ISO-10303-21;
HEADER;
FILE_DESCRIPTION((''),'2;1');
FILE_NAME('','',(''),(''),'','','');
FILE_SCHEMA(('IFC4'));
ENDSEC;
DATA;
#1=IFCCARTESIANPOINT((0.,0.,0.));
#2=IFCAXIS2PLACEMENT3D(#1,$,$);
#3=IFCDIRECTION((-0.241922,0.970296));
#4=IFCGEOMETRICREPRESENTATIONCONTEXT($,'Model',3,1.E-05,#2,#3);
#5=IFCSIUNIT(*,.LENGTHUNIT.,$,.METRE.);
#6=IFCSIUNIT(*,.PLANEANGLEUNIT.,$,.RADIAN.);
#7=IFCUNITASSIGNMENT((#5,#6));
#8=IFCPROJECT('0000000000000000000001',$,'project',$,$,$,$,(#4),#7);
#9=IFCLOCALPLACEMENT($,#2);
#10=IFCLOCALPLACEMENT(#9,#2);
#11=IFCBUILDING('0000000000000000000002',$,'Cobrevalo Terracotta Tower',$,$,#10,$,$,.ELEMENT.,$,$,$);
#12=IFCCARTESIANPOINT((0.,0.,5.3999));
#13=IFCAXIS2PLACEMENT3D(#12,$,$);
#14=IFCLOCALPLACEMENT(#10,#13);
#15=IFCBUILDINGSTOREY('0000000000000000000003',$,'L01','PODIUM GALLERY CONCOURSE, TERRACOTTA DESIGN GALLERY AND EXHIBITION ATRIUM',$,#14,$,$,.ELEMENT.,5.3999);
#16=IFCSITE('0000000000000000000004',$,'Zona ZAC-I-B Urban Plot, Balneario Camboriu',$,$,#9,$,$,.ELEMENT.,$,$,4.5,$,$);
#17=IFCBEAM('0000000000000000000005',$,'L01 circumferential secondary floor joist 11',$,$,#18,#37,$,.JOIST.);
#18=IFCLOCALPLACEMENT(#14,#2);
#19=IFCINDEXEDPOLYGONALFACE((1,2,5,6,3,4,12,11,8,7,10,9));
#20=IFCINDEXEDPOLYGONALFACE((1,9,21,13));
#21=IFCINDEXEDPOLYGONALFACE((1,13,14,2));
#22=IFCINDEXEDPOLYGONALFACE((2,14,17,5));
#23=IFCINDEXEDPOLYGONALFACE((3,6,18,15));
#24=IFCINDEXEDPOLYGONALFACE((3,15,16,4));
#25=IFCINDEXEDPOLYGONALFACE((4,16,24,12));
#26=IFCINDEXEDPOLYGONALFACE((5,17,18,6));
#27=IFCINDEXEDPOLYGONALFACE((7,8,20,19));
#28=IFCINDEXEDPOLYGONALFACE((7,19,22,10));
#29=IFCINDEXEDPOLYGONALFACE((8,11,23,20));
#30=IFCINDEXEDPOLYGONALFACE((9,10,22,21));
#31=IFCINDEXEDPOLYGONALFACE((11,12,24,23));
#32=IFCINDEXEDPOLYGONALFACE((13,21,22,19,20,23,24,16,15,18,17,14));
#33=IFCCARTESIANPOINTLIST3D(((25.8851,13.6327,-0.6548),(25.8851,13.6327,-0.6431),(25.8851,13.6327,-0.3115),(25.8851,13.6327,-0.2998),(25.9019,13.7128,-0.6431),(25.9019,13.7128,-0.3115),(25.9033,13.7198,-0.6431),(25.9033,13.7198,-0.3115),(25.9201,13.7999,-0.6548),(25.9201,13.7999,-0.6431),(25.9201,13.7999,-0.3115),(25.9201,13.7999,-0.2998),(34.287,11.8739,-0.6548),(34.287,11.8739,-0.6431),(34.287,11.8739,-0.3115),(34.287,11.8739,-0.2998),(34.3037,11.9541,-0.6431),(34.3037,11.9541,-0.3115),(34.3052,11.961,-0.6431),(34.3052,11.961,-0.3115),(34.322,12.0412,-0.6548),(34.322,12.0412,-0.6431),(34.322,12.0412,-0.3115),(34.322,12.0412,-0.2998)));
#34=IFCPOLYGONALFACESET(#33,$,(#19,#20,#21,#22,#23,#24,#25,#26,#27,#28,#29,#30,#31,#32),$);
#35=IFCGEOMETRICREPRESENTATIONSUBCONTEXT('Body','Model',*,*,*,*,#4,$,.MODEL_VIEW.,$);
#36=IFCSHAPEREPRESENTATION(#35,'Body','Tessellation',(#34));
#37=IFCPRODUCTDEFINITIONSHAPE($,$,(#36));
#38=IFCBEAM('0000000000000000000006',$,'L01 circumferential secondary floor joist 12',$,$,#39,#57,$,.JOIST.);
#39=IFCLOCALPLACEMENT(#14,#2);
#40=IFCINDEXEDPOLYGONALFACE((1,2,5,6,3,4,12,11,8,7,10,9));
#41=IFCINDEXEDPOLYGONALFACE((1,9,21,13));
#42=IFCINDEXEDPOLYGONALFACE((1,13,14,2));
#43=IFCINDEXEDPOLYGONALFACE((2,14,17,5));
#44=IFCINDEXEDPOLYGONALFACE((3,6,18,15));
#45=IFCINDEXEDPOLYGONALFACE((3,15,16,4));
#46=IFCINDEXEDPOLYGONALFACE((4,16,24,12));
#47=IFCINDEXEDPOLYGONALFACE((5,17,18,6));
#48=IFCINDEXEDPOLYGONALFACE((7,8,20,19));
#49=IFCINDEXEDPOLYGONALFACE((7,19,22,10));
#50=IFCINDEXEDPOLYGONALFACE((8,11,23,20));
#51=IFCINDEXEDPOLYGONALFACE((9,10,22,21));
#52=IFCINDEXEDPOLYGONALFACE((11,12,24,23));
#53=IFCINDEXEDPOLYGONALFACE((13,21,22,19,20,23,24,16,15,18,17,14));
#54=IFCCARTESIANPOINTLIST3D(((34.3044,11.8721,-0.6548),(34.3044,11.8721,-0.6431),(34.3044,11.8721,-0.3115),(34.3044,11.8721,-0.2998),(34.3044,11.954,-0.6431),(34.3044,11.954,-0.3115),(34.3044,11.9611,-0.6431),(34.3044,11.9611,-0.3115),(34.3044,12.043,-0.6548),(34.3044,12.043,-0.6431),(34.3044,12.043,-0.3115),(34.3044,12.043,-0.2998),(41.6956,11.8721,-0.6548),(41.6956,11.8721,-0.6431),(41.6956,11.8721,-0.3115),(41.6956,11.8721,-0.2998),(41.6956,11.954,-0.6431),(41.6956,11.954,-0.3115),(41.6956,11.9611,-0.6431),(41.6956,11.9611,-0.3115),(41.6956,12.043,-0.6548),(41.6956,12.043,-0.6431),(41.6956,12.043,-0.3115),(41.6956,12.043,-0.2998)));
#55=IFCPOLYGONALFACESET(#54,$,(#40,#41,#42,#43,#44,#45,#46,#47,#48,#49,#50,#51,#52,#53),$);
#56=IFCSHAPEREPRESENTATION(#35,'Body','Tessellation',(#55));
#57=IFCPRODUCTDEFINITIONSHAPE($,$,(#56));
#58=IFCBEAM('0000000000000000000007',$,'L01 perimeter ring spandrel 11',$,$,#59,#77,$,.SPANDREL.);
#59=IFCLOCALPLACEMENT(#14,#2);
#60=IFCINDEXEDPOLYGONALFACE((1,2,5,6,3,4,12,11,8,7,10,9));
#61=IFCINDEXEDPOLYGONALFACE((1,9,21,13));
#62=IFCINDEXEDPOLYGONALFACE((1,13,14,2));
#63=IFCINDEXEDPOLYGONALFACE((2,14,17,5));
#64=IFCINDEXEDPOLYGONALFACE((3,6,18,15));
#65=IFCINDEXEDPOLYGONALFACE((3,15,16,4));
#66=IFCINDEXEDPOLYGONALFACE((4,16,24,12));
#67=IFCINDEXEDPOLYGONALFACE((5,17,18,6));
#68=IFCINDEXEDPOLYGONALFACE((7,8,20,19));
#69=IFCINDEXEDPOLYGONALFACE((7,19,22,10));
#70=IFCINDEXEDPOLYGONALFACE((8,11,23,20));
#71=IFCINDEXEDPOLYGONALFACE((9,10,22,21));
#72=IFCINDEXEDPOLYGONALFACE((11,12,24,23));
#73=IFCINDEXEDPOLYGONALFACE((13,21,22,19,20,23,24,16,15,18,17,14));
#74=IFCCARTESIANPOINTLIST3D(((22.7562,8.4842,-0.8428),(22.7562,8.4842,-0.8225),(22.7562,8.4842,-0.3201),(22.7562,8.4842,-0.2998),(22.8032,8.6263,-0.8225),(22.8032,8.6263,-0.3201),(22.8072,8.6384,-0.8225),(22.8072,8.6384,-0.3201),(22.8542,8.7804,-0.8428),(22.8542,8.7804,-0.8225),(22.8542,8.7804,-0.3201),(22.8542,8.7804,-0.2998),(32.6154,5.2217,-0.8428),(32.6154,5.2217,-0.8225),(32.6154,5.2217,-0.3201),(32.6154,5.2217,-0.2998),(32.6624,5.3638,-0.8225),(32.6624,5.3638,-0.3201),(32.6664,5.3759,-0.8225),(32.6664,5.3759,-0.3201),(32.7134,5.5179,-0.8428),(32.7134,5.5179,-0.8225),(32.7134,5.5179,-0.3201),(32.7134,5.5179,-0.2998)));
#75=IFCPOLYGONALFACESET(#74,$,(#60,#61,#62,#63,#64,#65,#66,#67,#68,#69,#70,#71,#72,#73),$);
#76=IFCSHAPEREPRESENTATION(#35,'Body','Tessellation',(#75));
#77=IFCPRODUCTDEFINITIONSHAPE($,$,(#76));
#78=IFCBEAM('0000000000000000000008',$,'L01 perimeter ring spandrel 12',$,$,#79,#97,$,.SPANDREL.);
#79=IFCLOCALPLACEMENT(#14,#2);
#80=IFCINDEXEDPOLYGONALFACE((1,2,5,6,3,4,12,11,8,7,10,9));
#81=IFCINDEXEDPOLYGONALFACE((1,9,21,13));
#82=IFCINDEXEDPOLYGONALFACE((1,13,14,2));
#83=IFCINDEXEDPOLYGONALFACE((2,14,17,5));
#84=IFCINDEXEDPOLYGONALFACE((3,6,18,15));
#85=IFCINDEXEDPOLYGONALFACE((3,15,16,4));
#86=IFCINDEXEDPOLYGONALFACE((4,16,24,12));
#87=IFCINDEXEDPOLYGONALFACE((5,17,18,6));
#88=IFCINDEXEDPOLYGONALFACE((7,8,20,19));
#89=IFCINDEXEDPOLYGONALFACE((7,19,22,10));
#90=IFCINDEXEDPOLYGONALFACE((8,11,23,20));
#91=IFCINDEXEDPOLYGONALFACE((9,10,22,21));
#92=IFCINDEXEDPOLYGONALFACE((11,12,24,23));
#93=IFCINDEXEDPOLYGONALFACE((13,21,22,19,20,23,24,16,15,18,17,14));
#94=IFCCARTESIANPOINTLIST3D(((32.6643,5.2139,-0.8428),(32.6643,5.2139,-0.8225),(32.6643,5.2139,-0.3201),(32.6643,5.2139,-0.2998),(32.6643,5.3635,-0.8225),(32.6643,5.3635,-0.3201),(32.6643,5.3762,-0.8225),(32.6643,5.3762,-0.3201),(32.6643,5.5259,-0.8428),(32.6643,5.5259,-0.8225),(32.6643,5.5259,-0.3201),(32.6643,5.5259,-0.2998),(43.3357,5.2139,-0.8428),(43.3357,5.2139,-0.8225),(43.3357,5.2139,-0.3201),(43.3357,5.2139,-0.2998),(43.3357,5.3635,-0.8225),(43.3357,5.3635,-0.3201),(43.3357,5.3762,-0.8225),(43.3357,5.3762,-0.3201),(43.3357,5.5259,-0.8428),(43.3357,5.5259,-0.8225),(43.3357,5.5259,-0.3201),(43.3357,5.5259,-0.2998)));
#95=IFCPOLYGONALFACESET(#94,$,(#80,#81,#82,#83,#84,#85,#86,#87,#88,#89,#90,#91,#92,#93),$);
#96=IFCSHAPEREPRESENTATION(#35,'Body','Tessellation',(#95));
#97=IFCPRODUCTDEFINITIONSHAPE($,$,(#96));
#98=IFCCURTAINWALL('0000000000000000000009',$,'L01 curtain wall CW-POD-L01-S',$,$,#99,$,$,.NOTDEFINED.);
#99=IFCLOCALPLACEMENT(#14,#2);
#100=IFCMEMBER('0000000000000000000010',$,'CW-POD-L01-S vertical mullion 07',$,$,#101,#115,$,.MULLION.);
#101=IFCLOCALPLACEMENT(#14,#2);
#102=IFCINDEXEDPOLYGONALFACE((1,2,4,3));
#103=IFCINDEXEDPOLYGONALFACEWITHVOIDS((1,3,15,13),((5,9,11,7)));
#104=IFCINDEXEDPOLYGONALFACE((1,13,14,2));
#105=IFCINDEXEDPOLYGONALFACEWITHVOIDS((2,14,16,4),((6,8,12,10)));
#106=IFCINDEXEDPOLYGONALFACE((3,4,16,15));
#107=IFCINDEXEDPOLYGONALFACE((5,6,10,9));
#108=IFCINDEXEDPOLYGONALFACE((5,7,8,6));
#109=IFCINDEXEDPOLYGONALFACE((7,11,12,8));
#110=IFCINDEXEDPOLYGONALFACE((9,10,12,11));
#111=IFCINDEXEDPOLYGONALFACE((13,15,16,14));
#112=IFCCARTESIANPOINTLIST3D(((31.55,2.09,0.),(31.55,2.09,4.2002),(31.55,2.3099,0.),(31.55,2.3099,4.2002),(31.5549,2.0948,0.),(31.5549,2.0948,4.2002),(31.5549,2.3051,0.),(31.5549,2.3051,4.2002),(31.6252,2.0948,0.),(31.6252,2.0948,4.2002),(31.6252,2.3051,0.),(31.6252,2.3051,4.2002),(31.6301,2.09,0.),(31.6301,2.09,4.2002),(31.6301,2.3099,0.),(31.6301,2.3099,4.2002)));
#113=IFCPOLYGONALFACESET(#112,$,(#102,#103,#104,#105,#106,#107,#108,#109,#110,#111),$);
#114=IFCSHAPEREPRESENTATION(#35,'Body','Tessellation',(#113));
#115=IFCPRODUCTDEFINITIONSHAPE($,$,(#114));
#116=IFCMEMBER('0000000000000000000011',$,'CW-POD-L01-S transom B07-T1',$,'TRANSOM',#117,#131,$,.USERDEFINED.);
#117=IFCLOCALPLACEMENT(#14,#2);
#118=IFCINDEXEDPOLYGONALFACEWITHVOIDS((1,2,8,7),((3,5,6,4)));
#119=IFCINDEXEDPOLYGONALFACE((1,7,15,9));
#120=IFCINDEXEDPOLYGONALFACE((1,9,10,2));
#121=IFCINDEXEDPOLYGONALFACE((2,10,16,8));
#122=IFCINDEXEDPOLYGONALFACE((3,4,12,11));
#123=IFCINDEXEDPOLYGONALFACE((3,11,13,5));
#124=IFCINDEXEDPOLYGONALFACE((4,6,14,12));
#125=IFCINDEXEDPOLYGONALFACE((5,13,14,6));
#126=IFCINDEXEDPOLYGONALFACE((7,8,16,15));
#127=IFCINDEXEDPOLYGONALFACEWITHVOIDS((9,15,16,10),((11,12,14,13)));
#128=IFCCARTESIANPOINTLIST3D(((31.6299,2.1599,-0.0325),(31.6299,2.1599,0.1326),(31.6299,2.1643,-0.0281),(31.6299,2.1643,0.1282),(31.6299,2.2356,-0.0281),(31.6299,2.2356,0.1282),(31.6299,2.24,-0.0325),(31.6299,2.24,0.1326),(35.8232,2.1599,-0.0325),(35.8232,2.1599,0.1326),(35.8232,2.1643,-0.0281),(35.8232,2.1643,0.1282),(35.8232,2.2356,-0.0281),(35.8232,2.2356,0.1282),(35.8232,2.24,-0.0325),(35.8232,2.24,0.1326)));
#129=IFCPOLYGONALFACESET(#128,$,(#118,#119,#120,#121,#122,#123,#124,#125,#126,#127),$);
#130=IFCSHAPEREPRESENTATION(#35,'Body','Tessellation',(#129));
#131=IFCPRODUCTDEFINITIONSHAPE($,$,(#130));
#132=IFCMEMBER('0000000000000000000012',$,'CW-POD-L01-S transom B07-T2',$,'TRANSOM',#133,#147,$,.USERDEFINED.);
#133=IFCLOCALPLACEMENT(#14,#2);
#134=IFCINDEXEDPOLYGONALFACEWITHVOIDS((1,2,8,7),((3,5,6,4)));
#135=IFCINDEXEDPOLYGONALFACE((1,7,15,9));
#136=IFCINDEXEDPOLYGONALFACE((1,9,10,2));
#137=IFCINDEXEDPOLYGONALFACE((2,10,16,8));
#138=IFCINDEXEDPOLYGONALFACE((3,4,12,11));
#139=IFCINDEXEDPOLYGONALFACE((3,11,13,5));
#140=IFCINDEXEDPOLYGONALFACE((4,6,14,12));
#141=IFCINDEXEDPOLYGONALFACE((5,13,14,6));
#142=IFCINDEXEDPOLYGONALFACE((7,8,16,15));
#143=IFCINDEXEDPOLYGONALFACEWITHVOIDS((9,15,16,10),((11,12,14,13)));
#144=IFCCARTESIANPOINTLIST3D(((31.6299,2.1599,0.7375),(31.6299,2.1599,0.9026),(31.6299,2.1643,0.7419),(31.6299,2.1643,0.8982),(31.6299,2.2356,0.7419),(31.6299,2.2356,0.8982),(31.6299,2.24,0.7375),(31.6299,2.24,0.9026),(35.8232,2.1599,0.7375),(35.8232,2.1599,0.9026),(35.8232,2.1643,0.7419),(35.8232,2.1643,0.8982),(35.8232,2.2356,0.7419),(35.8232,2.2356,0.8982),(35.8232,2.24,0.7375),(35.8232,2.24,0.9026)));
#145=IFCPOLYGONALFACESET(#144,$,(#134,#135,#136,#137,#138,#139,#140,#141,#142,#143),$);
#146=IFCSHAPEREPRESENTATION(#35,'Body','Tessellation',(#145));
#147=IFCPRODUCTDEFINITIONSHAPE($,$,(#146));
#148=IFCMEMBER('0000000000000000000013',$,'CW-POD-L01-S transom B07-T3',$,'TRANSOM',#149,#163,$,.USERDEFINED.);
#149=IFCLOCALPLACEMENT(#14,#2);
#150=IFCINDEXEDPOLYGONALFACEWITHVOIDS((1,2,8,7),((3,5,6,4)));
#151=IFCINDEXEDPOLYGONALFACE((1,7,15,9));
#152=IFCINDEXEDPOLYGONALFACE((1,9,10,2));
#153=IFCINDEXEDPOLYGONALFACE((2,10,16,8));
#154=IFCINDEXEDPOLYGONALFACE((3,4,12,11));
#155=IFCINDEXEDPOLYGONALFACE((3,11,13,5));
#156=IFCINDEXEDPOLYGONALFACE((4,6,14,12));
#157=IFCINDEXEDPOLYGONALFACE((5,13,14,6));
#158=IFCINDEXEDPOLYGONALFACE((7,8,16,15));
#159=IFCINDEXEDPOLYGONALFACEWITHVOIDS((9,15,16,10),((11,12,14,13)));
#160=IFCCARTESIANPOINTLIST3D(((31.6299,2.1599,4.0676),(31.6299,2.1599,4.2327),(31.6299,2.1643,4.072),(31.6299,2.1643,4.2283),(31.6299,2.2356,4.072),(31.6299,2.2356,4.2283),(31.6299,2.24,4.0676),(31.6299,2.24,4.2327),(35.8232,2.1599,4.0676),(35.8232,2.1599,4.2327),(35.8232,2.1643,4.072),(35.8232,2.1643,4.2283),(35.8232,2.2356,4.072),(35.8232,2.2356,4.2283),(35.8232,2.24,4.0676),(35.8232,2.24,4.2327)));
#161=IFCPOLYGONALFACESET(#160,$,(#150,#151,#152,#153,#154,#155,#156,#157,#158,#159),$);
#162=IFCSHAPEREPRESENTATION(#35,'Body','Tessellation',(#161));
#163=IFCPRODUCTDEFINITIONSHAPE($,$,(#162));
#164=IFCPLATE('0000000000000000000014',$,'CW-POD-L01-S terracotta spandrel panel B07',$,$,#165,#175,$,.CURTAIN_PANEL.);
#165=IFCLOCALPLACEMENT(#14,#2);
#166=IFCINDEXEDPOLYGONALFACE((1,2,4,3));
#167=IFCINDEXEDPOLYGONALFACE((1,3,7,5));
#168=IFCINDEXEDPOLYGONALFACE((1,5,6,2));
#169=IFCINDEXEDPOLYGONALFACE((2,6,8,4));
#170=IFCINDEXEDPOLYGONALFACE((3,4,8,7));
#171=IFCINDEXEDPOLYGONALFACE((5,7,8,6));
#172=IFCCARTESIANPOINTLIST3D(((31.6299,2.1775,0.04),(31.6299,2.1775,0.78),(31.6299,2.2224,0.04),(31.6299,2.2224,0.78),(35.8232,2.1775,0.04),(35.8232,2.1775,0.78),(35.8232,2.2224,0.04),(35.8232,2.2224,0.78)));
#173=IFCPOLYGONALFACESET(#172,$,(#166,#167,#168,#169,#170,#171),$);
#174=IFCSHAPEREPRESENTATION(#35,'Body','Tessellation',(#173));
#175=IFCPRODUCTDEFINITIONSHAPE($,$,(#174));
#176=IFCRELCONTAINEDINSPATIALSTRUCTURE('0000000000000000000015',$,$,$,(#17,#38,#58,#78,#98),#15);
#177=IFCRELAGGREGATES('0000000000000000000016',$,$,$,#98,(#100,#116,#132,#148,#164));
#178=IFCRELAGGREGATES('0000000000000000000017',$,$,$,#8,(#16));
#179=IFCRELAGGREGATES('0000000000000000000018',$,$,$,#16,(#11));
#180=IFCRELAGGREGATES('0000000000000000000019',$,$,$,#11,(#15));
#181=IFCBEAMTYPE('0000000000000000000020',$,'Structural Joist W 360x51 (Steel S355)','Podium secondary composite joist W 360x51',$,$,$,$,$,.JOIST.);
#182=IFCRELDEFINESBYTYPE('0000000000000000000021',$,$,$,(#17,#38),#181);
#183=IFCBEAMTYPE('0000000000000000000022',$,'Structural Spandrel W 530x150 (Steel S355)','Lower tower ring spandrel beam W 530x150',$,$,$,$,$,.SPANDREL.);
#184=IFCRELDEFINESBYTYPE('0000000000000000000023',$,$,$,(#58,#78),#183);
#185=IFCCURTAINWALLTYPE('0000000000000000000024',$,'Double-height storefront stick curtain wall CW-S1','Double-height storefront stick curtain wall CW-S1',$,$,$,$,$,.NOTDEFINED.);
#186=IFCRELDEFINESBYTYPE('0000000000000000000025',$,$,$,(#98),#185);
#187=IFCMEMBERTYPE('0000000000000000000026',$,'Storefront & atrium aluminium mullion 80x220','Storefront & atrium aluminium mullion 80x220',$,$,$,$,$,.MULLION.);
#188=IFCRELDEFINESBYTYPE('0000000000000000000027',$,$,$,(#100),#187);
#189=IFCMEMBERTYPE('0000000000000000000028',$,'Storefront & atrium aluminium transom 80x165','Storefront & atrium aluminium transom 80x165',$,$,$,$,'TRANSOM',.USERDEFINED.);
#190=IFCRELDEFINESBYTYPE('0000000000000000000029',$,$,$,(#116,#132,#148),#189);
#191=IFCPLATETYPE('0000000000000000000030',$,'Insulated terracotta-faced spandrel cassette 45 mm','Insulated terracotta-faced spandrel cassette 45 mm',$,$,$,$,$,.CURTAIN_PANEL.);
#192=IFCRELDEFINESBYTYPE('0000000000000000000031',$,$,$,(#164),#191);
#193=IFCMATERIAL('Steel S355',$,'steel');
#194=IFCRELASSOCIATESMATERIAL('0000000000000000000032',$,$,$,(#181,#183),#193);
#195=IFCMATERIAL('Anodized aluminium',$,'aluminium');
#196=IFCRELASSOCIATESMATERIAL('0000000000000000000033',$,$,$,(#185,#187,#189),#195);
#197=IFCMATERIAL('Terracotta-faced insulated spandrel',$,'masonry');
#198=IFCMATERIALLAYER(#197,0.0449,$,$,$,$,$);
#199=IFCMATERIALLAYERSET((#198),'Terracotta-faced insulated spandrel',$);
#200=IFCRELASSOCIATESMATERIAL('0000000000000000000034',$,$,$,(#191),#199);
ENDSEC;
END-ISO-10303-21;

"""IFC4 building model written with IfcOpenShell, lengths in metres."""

from ifc_helpers import new_model, si_unit, direction, frame, origin, origin_2d, place, context, subcontext, project, spatial, rectangle, hollow_rectangle, i_section, extrude, source, transform, mapped, material, layer, layer_set, material_profile, profile_set, type_object, element, aggregate, save


model = new_model("IFC4")

# Units and contexts
model_context = context("Model", 3, precision=1e-05, world=origin(), true_north=direction((-0.241922, 0.970296)))
body_context = subcontext(model_context, "Body", "Model", "MODEL_VIEW")
ifc_project = project(units=[si_unit("LENGTHUNIT", "METRE"), si_unit("PLANEANGLEUNIT", "RADIAN")], contexts=[model_context])

# Site, building, storey
site_placement = place(None, origin())
site = spatial("IfcSite", under=ifc_project, at=site_placement, Name="Zona ZAC-I-B Urban Plot, Balneario Camboriu", CompositionType="ELEMENT", RefElevation=4.5)
building_placement = place(site_placement, origin())
building = spatial("IfcBuilding", under=site, at=building_placement, Name="Cobrevalo Terracotta Tower", CompositionType="ELEMENT")
storey_placement = place(building_placement, frame((0.0, 0.0, 5.3999)))
storey = spatial("IfcBuildingStorey", under=building, at=storey_placement, Name="L01", Description="PODIUM GALLERY CONCOURSE, TERRACOTTA DESIGN GALLERY AND EXHIBITION ATRIUM", CompositionType="ELEMENT", Elevation=5.3999)

# Shared definitions
ifc_material_1 = material(Name="Steel S355", Category="steel")

# Beams
ifc_material_profile_1 = material_profile(ifc_material_1, i_section(OverallWidth=0.1709, OverallDepth=0.355, WebThickness=0.0071, FlangeThickness=0.0117, at=origin_2d()), Name="W 360x51")
ifc_profile_set_1 = profile_set([ifc_material_profile_1], Name="Steel S355")
beam_type_1 = type_object("IfcBeamType", Name="Structural Joist W 360x51 (Steel S355)", Description="Podium secondary composite joist W 360x51", PredefinedType="JOIST", material=ifc_profile_set_1)
beam_1_placement = place(storey_placement, frame((25.9026, 13.7163, -0.4773), z_axis=(0.978785, -0.204892, 0.0), x_axis=(0.204892, 0.978785, 0.0)))
element("IfcBeam", 1, at=beam_1_placement, inside=storey, type_object=beam_type_1, Name="L01 circumferential secondary floor joist 11", PredefinedType="JOIST", context=body_context, shape_type="SweptSolid", body=[
    extrude(i_section(OverallWidth=0.1709, OverallDepth=0.355, WebThickness=0.0071, FlangeThickness=0.0117, at=origin_2d()), origin(), (0.0, 0.0, 1.0), 8.584),
])
beam_2_placement = place(storey_placement, frame((34.3044, 11.9575, -0.4773), z_axis=(1.0, 0.0, 0.0), x_axis=(0.0, 1.0, 0.0)))
element("IfcBeam", 2, at=beam_2_placement, inside=storey, type_object=beam_type_1, Name="L01 circumferential secondary floor joist 12", PredefinedType="JOIST", context=body_context, shape_type="SweptSolid", body=[
    extrude(i_section(OverallWidth=0.1709, OverallDepth=0.355, WebThickness=0.0071, FlangeThickness=0.0117, at=origin_2d()), origin(), (0.0, 0.0, 1.0), 7.3911),
])
ifc_material_profile_2 = material_profile(ifc_material_1, i_section(OverallWidth=0.312, OverallDepth=0.543, WebThickness=0.0127, FlangeThickness=0.0203, at=origin_2d()), Name="W 530x150")
ifc_profile_set_2 = profile_set([ifc_material_profile_2], Name="Steel S355")
beam_type_2 = type_object("IfcBeamType", Name="Structural Spandrel W 530x150 (Steel S355)", Description="Lower tower ring spandrel beam W 530x150", PredefinedType="SPANDREL", material=ifc_profile_set_2)
beam_3_placement = place(storey_placement, frame((22.8052, 8.6323, -0.5713), z_axis=(0.949372, -0.314153, 0.0), x_axis=(0.314153, 0.949372, 0.0)))
element("IfcBeam", 3, at=beam_3_placement, inside=storey, type_object=beam_type_2, Name="L01 perimeter ring spandrel 11", PredefinedType="SPANDREL", context=body_context, shape_type="SweptSolid", body=[
    extrude(i_section(OverallWidth=0.312, OverallDepth=0.543, WebThickness=0.0127, FlangeThickness=0.0203, at=origin_2d()), origin(), (0.0, 0.0, 1.0), 10.385),
])
beam_4_placement = place(storey_placement, frame((32.6643, 5.3699, -0.5713), z_axis=(1.0, 0.0, 0.0), x_axis=(0.0, 1.0, 0.0)))
element("IfcBeam", 4, at=beam_4_placement, inside=storey, type_object=beam_type_2, Name="L01 perimeter ring spandrel 12", PredefinedType="SPANDREL", context=body_context, shape_type="SweptSolid", body=[
    extrude(i_section(OverallWidth=0.312, OverallDepth=0.543, WebThickness=0.0127, FlangeThickness=0.0203, at=origin_2d()), origin(), (0.0, 0.0, 1.0), 10.6714),
])

# Curtain wall, members, plate
ifc_material_2 = material(Name="Anodized aluminium", Category="aluminium")
curtain_wall_type = type_object("IfcCurtainWallType", Name="Double-height storefront stick curtain wall CW-S1", Description="Double-height storefront stick curtain wall CW-S1", PredefinedType="NOTDEFINED", material=ifc_material_2)
curtain_wall_placement = place(storey_placement, origin())
curtain_wall = element("IfcCurtainWall", 5, at=curtain_wall_placement, inside=storey, type_object=curtain_wall_type, Name="L01 curtain wall CW-POD-L01-S", PredefinedType="NOTDEFINED")
ifc_material_profile_3 = material_profile(ifc_material_2, hollow_rectangle(XDim=0.0801, YDim=0.22, WallThickness=0.0049, at=origin_2d()), Name="CWM 80x220")
ifc_profile_set_3 = profile_set([ifc_material_profile_3], Name="Anodized aluminium")
member_type_1 = type_object("IfcMemberType", Name="Storefront & atrium aluminium mullion 80x220", Description="Storefront & atrium aluminium mullion 80x220", PredefinedType="MULLION", material=ifc_profile_set_3)
shared_shape_1 = source(origin(), body_context, "Body", "SweptSolid", [
    extrude(hollow_rectangle(XDim=0.0801, YDim=0.22, WallThickness=0.0049, at=origin_2d()), origin(), (0.0, 0.0, 1.0), 4.2002),
])
member_1_placement = place(storey_placement, frame((31.5901, 2.2, 0.0), z_axis=(0.0, 0.0, 1.0), x_axis=(1.0, 0.0, 0.0)))
member_1 = element("IfcMember", 6, at=member_1_placement, type_object=member_type_1, Name="CW-POD-L01-S vertical mullion 07", PredefinedType="MULLION", context=body_context, shape_type="MappedRepresentation", body=[
    mapped(shared_shape_1, transform((0.0, 0.0, 0.0), scale=1.0)),
])
ifc_material_profile_4 = material_profile(ifc_material_2, hollow_rectangle(XDim=0.0801, YDim=0.165, WallThickness=0.0044, at=origin_2d()), Name="CWT 80x165")
ifc_profile_set_4 = profile_set([ifc_material_profile_4], Name="Anodized aluminium")
member_type_2 = type_object("IfcMemberType", Name="Storefront & atrium aluminium transom 80x165", Description="Storefront & atrium aluminium transom 80x165", ElementType="TRANSOM", PredefinedType="USERDEFINED", material=ifc_profile_set_4)
shared_shape_2 = source(origin(), body_context, "Body", "SweptSolid", [
    extrude(hollow_rectangle(XDim=0.0801, YDim=0.165, WallThickness=0.0044, at=origin_2d()), origin(), (0.0, 0.0, 1.0), 4.1934),
])
member_2_placement = place(storey_placement, frame((31.6299, 2.2, 0.05), z_axis=(1.0, 0.0, 0.0), x_axis=(0.0, 1.0, 0.0)))
member_2 = element("IfcMember", 7, at=member_2_placement, type_object=member_type_2, Name="CW-POD-L01-S transom B07-T1", ObjectType="TRANSOM", PredefinedType="USERDEFINED", context=body_context, shape_type="MappedRepresentation", body=[
    mapped(shared_shape_2, transform((0.0, 0.0, 0.0), scale=1.0)),
])
member_3_placement = place(storey_placement, frame((31.6299, 2.2, 0.8201), z_axis=(1.0, 0.0, 0.0), x_axis=(0.0, 1.0, 0.0)))
member_3 = element("IfcMember", 8, at=member_3_placement, type_object=member_type_2, Name="CW-POD-L01-S transom B07-T2", ObjectType="TRANSOM", PredefinedType="USERDEFINED", context=body_context, shape_type="MappedRepresentation", body=[
    mapped(shared_shape_2, transform((0.0, 0.0, 0.0), scale=1.0)),
])
member_4_placement = place(storey_placement, frame((31.6299, 2.2, 4.1501), z_axis=(1.0, 0.0, 0.0), x_axis=(0.0, 1.0, 0.0)))
member_4 = element("IfcMember", 9, at=member_4_placement, type_object=member_type_2, Name="CW-POD-L01-S transom B07-T3", ObjectType="TRANSOM", PredefinedType="USERDEFINED", context=body_context, shape_type="MappedRepresentation", body=[
    mapped(shared_shape_2, transform((0.0, 0.0, 0.0), scale=1.0)),
])
ifc_material_3 = material(Name="Terracotta-faced insulated spandrel", Category="masonry")
ifc_layer_1 = layer(ifc_material_3, 0.0449)
ifc_layer_set_1 = layer_set([ifc_layer_1], Name="Terracotta-faced insulated spandrel")
plate_type_1 = type_object("IfcPlateType", Name="Insulated terracotta-faced spandrel cassette 45 mm", Description="Insulated terracotta-faced spandrel cassette 45 mm", PredefinedType="CURTAIN_PANEL", material=ifc_layer_set_1)
shared_shape_3 = source(origin(), body_context, "Body", "SweptSolid", [
    extrude(rectangle(XDim=4.1934, YDim=0.0449, at=origin_2d()), origin(), (0.0, 0.0, 1.0), 0.74),
])
plate_1_placement = place(storey_placement, frame((33.7266, 2.2, 0.04), z_axis=(0.0, 0.0, 1.0), x_axis=(1.0, 0.0, 0.0)))
plate_1 = element("IfcPlate", 10, at=plate_1_placement, type_object=plate_type_1, Name="CW-POD-L01-S terracotta spandrel panel B07", PredefinedType="CURTAIN_PANEL", context=body_context, shape_type="MappedRepresentation", body=[
    mapped(shared_shape_3, transform((0.0, 0.0, 0.0), scale=1.0)),
])
aggregate(curtain_wall, [member_1, member_2, member_3, member_4, plate_1])

save(model, "model.ifc")
